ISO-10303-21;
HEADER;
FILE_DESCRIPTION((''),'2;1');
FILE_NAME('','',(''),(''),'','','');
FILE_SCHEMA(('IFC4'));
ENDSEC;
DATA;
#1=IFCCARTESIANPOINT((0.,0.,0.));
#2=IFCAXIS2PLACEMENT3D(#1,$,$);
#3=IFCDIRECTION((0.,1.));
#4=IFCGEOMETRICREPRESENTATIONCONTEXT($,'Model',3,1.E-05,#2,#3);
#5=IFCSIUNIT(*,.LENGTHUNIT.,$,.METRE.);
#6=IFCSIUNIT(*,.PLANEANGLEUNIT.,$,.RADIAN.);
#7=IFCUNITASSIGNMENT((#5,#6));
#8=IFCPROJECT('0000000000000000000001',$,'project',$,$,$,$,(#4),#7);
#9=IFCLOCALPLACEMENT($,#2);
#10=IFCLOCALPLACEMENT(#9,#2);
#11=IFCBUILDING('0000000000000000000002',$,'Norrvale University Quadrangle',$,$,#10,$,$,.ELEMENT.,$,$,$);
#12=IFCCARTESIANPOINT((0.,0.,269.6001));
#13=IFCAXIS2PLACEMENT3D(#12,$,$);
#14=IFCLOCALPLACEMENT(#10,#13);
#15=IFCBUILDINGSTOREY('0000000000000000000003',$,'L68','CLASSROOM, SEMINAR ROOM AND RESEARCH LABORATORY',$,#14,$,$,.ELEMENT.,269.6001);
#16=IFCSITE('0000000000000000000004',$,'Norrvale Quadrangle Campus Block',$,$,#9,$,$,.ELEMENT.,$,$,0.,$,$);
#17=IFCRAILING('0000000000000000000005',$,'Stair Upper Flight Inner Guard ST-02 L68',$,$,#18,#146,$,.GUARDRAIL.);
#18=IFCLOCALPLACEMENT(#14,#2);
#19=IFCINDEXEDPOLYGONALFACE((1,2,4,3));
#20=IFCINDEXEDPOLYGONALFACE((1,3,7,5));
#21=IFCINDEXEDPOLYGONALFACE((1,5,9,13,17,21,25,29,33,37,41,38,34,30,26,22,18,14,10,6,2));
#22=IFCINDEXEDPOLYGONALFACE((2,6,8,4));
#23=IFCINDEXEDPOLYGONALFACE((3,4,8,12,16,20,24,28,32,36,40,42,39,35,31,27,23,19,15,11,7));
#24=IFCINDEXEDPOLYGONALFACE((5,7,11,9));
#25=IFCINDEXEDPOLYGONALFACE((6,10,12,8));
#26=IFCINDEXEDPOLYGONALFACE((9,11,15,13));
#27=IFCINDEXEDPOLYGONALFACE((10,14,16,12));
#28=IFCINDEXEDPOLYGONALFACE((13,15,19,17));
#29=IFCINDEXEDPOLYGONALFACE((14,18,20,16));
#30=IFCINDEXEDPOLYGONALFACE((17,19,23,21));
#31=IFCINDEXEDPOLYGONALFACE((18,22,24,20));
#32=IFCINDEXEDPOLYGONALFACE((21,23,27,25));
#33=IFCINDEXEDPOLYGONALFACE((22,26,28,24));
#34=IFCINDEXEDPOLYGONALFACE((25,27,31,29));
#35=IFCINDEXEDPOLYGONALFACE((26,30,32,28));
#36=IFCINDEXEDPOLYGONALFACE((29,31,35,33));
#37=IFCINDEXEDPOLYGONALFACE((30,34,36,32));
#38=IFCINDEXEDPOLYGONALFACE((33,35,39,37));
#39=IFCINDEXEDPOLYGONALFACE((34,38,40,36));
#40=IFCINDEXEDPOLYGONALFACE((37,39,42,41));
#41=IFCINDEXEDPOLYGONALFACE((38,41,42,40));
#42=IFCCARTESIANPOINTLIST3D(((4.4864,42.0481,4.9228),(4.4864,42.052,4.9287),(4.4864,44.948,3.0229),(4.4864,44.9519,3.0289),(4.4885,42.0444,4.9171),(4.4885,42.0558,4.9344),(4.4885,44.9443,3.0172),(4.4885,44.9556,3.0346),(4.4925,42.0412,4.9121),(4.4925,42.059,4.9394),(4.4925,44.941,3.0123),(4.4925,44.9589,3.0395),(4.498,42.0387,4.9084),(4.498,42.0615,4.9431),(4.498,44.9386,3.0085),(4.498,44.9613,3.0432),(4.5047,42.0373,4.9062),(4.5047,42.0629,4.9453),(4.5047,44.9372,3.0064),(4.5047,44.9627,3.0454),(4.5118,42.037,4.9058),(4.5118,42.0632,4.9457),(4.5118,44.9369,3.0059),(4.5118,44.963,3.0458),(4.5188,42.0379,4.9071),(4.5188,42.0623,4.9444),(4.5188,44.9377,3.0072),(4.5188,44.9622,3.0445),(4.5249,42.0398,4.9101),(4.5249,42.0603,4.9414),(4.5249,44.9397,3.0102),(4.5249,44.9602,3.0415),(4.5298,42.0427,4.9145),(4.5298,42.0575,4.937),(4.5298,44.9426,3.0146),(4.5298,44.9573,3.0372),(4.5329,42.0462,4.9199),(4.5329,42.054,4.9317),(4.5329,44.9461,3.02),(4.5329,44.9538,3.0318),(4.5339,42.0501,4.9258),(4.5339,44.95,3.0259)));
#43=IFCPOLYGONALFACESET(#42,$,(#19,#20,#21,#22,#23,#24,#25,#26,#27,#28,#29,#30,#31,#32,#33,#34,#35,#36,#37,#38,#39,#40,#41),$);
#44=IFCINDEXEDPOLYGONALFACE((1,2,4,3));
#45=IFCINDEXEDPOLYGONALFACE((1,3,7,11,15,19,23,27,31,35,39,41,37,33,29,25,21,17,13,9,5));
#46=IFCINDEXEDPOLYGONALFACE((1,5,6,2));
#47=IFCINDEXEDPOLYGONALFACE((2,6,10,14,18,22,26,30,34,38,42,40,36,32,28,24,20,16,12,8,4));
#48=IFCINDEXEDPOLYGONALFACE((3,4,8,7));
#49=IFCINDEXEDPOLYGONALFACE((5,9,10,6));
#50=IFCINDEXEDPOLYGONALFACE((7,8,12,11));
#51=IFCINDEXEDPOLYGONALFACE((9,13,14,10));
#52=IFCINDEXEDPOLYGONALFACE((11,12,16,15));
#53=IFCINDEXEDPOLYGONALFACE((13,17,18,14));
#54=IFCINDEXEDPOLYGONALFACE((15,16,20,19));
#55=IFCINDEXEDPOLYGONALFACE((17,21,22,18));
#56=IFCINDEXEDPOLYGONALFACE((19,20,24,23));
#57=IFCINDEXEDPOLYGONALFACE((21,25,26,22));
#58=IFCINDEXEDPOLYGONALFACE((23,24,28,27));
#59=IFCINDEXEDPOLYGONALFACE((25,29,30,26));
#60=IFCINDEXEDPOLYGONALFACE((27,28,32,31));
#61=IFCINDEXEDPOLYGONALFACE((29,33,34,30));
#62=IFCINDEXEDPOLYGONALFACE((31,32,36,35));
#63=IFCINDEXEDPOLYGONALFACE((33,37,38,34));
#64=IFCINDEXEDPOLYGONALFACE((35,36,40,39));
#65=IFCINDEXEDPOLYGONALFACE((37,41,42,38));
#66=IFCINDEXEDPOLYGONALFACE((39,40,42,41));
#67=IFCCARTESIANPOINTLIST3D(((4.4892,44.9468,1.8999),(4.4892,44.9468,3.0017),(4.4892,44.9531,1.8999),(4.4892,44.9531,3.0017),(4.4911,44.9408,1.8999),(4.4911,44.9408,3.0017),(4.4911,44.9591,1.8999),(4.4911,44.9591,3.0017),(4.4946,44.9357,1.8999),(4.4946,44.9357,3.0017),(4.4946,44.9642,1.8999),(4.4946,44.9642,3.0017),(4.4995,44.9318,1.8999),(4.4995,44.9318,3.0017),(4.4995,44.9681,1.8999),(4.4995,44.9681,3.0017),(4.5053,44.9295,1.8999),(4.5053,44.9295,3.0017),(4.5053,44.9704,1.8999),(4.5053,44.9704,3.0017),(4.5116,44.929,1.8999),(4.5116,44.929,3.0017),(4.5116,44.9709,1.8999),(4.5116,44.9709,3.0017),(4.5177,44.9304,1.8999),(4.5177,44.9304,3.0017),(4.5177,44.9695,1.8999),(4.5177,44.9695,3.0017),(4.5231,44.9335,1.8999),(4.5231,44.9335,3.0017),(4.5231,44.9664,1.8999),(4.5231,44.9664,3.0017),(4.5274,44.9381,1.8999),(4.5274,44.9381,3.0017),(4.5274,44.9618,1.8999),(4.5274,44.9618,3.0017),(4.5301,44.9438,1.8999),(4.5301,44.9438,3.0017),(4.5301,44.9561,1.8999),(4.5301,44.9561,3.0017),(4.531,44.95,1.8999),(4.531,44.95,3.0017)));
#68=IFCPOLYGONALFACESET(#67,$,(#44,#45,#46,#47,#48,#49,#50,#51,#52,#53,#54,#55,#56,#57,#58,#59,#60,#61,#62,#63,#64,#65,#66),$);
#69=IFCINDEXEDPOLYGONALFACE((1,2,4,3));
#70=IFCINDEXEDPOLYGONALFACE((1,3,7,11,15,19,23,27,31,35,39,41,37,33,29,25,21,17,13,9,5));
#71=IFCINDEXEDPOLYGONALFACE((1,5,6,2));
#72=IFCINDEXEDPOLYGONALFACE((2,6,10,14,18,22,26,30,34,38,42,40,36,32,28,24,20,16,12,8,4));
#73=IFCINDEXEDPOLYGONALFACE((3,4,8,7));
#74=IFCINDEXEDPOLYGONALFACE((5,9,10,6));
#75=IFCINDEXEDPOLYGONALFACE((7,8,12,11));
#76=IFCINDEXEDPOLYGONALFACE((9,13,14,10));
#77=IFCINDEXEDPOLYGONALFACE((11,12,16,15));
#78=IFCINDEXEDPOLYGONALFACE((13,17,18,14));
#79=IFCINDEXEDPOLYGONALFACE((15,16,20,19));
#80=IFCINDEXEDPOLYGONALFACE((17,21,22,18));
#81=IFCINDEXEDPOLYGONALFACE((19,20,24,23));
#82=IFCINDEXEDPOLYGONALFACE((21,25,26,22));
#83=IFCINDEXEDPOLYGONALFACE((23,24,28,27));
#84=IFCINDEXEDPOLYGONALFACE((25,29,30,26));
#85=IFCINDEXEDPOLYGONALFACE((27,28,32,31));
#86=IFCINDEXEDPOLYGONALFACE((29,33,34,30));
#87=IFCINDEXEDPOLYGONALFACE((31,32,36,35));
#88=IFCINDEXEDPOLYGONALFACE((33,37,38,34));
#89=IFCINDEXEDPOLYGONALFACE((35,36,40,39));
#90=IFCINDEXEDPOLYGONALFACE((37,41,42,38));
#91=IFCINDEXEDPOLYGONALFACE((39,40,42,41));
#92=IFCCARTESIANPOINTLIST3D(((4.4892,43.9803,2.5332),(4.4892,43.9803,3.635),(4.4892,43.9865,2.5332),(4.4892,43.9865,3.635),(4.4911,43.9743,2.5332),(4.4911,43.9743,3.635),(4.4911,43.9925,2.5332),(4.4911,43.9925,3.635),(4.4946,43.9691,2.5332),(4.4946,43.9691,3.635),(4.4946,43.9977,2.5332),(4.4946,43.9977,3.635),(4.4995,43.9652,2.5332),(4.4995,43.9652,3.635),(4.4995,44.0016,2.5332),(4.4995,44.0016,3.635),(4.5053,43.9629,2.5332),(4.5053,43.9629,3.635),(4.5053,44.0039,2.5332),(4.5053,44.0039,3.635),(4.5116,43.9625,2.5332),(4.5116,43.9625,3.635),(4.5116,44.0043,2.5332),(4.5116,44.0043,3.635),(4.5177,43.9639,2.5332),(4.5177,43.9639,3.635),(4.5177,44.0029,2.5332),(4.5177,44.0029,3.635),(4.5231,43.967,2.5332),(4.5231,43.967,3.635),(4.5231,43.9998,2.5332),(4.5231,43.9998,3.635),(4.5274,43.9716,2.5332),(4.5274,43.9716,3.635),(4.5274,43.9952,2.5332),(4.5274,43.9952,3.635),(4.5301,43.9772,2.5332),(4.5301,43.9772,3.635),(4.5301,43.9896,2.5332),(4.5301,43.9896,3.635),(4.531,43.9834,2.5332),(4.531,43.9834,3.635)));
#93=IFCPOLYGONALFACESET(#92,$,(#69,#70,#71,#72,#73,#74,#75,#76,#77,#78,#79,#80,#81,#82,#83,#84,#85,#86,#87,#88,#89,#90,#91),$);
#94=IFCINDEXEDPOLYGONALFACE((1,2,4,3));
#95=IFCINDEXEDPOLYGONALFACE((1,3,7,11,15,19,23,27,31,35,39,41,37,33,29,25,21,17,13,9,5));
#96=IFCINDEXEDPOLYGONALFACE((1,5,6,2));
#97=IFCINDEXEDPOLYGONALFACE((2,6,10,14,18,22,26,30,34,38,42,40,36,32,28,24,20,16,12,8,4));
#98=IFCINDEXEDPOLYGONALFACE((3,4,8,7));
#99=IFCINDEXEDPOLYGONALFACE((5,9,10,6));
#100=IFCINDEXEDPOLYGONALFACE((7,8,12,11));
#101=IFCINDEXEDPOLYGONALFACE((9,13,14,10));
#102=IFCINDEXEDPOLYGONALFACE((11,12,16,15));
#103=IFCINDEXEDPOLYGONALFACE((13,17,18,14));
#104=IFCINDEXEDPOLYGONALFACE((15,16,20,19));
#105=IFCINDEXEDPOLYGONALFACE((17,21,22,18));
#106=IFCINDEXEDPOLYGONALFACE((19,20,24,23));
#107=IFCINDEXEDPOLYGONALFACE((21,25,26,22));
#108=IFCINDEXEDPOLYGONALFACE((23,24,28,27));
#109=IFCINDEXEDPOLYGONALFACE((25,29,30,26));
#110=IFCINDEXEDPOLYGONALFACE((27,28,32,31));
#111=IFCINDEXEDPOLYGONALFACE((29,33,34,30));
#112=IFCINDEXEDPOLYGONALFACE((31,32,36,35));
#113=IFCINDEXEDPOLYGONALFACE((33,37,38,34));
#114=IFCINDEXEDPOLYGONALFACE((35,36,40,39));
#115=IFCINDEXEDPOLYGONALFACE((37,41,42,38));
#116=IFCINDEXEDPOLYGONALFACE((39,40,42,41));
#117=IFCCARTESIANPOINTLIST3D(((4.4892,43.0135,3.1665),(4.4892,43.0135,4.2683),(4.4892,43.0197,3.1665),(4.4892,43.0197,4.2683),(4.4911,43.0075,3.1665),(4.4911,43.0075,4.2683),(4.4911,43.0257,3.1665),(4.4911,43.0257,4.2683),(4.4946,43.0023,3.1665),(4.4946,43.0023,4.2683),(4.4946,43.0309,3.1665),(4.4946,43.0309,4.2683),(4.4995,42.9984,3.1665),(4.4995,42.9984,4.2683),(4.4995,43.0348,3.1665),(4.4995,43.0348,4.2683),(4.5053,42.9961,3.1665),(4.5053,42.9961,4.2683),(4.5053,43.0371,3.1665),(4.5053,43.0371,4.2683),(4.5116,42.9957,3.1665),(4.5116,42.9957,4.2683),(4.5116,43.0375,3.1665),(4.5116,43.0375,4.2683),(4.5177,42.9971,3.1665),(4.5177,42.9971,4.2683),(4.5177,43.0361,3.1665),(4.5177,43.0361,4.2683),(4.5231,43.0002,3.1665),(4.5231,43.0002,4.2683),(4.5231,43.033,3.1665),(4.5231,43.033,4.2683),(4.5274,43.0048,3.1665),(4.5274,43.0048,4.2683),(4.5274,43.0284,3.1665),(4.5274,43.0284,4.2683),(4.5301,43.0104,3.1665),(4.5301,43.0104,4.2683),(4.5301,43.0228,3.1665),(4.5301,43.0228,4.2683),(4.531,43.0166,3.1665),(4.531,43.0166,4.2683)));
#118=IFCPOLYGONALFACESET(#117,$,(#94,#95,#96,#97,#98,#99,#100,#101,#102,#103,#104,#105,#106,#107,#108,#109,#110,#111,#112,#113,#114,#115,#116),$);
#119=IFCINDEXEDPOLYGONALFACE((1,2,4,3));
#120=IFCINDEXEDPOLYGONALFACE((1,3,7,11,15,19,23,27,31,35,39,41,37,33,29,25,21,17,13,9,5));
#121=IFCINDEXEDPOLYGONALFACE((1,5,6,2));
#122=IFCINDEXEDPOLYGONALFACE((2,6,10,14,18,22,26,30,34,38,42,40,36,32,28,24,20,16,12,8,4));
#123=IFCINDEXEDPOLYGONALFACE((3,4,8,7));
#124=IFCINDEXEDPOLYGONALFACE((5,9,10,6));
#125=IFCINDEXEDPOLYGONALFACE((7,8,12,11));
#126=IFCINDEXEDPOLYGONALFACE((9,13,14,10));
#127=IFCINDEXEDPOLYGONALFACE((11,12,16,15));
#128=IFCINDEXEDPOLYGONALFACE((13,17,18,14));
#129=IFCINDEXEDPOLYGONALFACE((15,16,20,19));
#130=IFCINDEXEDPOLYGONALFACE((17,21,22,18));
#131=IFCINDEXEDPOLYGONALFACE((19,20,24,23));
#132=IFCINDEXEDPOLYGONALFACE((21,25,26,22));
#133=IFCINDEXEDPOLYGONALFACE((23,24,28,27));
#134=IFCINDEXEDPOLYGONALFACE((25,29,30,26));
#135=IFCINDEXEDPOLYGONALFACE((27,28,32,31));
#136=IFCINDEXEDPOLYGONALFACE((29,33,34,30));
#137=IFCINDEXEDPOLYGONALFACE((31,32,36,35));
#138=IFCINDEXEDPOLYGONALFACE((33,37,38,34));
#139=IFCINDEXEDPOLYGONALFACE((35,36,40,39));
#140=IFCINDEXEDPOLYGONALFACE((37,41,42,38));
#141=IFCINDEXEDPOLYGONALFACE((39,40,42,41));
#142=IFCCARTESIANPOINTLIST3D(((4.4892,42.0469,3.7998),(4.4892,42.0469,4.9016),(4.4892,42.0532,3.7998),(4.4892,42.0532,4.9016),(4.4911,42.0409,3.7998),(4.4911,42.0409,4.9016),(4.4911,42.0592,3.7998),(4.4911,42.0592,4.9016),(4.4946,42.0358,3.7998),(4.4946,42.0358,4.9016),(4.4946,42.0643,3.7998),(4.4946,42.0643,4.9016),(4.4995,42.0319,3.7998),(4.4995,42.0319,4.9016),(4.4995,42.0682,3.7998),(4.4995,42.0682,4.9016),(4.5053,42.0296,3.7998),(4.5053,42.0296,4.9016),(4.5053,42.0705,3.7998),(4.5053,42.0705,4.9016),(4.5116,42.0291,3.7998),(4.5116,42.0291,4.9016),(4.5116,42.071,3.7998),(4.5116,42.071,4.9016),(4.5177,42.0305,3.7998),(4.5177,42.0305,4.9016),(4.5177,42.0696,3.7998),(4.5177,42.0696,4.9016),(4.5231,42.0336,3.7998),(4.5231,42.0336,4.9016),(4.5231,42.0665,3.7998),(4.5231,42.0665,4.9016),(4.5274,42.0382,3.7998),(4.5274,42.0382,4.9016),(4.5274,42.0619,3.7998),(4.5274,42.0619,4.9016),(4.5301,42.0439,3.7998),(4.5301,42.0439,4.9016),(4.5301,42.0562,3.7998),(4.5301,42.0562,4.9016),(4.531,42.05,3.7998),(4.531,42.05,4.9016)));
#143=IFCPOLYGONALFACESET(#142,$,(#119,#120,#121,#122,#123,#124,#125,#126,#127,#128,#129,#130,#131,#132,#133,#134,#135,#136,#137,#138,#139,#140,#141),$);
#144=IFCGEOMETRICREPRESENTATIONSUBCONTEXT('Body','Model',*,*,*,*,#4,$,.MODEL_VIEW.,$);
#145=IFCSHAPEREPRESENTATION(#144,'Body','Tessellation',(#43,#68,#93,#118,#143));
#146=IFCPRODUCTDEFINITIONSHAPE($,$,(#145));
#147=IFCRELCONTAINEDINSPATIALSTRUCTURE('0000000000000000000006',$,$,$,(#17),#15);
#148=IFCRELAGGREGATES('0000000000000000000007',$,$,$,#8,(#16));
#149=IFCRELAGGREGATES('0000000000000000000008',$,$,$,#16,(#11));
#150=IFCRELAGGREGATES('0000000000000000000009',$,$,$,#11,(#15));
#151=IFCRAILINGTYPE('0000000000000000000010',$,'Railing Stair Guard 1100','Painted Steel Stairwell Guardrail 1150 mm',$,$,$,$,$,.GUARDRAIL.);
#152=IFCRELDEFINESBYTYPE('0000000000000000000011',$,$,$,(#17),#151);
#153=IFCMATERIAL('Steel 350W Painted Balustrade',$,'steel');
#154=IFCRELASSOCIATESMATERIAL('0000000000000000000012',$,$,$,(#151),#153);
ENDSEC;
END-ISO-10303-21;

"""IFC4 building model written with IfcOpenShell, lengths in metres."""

from ifc_helpers import new_model, si_unit, direction, frame, origin, origin_2d, place, context, subcontext, project, spatial, circle, extrude, material, type_object, element, save


model = new_model("IFC4")

# Units and contexts
model_context = context("Model", 3, precision=1e-05, world=origin(), true_north=direction((0.0, 1.0)))
body_context = subcontext(model_context, "Body", "Model", "MODEL_VIEW")
ifc_project = project(units=[si_unit("LENGTHUNIT", "METRE"), si_unit("PLANEANGLEUNIT", "RADIAN")], contexts=[model_context])

# Site, building, storey
site_placement = place(None, origin())
site = spatial("IfcSite", under=ifc_project, at=site_placement, Name="Norrvale Quadrangle Campus Block", CompositionType="ELEMENT", RefElevation=0.0)
building_placement = place(site_placement, origin())
building = spatial("IfcBuilding", under=site, at=building_placement, Name="Norrvale University Quadrangle", CompositionType="ELEMENT")
storey_placement = place(building_placement, frame((0.0, 0.0, 269.6001)))
storey = spatial("IfcBuildingStorey", under=building, at=storey_placement, Name="L68", Description="CLASSROOM, SEMINAR ROOM AND RESEARCH LABORATORY", CompositionType="ELEMENT", Elevation=269.6001)

# Railing
ifc_material_1 = material(Name="Steel 350W Painted Balustrade", Category="steel")
railing_type_1 = type_object("IfcRailingType", Name="Railing Stair Guard 1100", Description="Painted Steel Stairwell Guardrail 1150 mm", PredefinedType="GUARDRAIL", material=ifc_material_1)
railing_1_placement = place(storey_placement, frame((4.51, 44.95, 1.8999)))
element("IfcRailing", 1, at=railing_1_placement, inside=storey, type_object=railing_type_1, Name="Stair Upper Flight Inner Guard ST-02 L68", PredefinedType="GUARDRAIL", context=body_context, shape_type="SweptSolid", body=[
    extrude(circle(Radius=0.0239, at=origin_2d()), frame((0.0, 0.0, 1.126), z_axis=(0.0, -0.836466, 0.548019), x_axis=(1.0, 0.0, 0.0)), (0.0, 0.0, 1.0), 3.4668),
    extrude(circle(Radius=0.021, at=origin_2d()), origin(), (0.0, 0.0, 1.0), 1.1018),
    extrude(circle(Radius=0.021, at=origin_2d()), frame((0.0, -0.9666, 0.6333)), (0.0, 0.0, 1.0), 1.1018),
    extrude(circle(Radius=0.021, at=origin_2d()), frame((0.0, -1.9333, 1.2666)), (0.0, 0.0, 1.0), 1.1018),
    extrude(circle(Radius=0.021, at=origin_2d()), frame((0.0, -2.8999, 1.8999)), (0.0, 0.0, 1.0), 1.1018),
])

save(model, "model.ifc")
